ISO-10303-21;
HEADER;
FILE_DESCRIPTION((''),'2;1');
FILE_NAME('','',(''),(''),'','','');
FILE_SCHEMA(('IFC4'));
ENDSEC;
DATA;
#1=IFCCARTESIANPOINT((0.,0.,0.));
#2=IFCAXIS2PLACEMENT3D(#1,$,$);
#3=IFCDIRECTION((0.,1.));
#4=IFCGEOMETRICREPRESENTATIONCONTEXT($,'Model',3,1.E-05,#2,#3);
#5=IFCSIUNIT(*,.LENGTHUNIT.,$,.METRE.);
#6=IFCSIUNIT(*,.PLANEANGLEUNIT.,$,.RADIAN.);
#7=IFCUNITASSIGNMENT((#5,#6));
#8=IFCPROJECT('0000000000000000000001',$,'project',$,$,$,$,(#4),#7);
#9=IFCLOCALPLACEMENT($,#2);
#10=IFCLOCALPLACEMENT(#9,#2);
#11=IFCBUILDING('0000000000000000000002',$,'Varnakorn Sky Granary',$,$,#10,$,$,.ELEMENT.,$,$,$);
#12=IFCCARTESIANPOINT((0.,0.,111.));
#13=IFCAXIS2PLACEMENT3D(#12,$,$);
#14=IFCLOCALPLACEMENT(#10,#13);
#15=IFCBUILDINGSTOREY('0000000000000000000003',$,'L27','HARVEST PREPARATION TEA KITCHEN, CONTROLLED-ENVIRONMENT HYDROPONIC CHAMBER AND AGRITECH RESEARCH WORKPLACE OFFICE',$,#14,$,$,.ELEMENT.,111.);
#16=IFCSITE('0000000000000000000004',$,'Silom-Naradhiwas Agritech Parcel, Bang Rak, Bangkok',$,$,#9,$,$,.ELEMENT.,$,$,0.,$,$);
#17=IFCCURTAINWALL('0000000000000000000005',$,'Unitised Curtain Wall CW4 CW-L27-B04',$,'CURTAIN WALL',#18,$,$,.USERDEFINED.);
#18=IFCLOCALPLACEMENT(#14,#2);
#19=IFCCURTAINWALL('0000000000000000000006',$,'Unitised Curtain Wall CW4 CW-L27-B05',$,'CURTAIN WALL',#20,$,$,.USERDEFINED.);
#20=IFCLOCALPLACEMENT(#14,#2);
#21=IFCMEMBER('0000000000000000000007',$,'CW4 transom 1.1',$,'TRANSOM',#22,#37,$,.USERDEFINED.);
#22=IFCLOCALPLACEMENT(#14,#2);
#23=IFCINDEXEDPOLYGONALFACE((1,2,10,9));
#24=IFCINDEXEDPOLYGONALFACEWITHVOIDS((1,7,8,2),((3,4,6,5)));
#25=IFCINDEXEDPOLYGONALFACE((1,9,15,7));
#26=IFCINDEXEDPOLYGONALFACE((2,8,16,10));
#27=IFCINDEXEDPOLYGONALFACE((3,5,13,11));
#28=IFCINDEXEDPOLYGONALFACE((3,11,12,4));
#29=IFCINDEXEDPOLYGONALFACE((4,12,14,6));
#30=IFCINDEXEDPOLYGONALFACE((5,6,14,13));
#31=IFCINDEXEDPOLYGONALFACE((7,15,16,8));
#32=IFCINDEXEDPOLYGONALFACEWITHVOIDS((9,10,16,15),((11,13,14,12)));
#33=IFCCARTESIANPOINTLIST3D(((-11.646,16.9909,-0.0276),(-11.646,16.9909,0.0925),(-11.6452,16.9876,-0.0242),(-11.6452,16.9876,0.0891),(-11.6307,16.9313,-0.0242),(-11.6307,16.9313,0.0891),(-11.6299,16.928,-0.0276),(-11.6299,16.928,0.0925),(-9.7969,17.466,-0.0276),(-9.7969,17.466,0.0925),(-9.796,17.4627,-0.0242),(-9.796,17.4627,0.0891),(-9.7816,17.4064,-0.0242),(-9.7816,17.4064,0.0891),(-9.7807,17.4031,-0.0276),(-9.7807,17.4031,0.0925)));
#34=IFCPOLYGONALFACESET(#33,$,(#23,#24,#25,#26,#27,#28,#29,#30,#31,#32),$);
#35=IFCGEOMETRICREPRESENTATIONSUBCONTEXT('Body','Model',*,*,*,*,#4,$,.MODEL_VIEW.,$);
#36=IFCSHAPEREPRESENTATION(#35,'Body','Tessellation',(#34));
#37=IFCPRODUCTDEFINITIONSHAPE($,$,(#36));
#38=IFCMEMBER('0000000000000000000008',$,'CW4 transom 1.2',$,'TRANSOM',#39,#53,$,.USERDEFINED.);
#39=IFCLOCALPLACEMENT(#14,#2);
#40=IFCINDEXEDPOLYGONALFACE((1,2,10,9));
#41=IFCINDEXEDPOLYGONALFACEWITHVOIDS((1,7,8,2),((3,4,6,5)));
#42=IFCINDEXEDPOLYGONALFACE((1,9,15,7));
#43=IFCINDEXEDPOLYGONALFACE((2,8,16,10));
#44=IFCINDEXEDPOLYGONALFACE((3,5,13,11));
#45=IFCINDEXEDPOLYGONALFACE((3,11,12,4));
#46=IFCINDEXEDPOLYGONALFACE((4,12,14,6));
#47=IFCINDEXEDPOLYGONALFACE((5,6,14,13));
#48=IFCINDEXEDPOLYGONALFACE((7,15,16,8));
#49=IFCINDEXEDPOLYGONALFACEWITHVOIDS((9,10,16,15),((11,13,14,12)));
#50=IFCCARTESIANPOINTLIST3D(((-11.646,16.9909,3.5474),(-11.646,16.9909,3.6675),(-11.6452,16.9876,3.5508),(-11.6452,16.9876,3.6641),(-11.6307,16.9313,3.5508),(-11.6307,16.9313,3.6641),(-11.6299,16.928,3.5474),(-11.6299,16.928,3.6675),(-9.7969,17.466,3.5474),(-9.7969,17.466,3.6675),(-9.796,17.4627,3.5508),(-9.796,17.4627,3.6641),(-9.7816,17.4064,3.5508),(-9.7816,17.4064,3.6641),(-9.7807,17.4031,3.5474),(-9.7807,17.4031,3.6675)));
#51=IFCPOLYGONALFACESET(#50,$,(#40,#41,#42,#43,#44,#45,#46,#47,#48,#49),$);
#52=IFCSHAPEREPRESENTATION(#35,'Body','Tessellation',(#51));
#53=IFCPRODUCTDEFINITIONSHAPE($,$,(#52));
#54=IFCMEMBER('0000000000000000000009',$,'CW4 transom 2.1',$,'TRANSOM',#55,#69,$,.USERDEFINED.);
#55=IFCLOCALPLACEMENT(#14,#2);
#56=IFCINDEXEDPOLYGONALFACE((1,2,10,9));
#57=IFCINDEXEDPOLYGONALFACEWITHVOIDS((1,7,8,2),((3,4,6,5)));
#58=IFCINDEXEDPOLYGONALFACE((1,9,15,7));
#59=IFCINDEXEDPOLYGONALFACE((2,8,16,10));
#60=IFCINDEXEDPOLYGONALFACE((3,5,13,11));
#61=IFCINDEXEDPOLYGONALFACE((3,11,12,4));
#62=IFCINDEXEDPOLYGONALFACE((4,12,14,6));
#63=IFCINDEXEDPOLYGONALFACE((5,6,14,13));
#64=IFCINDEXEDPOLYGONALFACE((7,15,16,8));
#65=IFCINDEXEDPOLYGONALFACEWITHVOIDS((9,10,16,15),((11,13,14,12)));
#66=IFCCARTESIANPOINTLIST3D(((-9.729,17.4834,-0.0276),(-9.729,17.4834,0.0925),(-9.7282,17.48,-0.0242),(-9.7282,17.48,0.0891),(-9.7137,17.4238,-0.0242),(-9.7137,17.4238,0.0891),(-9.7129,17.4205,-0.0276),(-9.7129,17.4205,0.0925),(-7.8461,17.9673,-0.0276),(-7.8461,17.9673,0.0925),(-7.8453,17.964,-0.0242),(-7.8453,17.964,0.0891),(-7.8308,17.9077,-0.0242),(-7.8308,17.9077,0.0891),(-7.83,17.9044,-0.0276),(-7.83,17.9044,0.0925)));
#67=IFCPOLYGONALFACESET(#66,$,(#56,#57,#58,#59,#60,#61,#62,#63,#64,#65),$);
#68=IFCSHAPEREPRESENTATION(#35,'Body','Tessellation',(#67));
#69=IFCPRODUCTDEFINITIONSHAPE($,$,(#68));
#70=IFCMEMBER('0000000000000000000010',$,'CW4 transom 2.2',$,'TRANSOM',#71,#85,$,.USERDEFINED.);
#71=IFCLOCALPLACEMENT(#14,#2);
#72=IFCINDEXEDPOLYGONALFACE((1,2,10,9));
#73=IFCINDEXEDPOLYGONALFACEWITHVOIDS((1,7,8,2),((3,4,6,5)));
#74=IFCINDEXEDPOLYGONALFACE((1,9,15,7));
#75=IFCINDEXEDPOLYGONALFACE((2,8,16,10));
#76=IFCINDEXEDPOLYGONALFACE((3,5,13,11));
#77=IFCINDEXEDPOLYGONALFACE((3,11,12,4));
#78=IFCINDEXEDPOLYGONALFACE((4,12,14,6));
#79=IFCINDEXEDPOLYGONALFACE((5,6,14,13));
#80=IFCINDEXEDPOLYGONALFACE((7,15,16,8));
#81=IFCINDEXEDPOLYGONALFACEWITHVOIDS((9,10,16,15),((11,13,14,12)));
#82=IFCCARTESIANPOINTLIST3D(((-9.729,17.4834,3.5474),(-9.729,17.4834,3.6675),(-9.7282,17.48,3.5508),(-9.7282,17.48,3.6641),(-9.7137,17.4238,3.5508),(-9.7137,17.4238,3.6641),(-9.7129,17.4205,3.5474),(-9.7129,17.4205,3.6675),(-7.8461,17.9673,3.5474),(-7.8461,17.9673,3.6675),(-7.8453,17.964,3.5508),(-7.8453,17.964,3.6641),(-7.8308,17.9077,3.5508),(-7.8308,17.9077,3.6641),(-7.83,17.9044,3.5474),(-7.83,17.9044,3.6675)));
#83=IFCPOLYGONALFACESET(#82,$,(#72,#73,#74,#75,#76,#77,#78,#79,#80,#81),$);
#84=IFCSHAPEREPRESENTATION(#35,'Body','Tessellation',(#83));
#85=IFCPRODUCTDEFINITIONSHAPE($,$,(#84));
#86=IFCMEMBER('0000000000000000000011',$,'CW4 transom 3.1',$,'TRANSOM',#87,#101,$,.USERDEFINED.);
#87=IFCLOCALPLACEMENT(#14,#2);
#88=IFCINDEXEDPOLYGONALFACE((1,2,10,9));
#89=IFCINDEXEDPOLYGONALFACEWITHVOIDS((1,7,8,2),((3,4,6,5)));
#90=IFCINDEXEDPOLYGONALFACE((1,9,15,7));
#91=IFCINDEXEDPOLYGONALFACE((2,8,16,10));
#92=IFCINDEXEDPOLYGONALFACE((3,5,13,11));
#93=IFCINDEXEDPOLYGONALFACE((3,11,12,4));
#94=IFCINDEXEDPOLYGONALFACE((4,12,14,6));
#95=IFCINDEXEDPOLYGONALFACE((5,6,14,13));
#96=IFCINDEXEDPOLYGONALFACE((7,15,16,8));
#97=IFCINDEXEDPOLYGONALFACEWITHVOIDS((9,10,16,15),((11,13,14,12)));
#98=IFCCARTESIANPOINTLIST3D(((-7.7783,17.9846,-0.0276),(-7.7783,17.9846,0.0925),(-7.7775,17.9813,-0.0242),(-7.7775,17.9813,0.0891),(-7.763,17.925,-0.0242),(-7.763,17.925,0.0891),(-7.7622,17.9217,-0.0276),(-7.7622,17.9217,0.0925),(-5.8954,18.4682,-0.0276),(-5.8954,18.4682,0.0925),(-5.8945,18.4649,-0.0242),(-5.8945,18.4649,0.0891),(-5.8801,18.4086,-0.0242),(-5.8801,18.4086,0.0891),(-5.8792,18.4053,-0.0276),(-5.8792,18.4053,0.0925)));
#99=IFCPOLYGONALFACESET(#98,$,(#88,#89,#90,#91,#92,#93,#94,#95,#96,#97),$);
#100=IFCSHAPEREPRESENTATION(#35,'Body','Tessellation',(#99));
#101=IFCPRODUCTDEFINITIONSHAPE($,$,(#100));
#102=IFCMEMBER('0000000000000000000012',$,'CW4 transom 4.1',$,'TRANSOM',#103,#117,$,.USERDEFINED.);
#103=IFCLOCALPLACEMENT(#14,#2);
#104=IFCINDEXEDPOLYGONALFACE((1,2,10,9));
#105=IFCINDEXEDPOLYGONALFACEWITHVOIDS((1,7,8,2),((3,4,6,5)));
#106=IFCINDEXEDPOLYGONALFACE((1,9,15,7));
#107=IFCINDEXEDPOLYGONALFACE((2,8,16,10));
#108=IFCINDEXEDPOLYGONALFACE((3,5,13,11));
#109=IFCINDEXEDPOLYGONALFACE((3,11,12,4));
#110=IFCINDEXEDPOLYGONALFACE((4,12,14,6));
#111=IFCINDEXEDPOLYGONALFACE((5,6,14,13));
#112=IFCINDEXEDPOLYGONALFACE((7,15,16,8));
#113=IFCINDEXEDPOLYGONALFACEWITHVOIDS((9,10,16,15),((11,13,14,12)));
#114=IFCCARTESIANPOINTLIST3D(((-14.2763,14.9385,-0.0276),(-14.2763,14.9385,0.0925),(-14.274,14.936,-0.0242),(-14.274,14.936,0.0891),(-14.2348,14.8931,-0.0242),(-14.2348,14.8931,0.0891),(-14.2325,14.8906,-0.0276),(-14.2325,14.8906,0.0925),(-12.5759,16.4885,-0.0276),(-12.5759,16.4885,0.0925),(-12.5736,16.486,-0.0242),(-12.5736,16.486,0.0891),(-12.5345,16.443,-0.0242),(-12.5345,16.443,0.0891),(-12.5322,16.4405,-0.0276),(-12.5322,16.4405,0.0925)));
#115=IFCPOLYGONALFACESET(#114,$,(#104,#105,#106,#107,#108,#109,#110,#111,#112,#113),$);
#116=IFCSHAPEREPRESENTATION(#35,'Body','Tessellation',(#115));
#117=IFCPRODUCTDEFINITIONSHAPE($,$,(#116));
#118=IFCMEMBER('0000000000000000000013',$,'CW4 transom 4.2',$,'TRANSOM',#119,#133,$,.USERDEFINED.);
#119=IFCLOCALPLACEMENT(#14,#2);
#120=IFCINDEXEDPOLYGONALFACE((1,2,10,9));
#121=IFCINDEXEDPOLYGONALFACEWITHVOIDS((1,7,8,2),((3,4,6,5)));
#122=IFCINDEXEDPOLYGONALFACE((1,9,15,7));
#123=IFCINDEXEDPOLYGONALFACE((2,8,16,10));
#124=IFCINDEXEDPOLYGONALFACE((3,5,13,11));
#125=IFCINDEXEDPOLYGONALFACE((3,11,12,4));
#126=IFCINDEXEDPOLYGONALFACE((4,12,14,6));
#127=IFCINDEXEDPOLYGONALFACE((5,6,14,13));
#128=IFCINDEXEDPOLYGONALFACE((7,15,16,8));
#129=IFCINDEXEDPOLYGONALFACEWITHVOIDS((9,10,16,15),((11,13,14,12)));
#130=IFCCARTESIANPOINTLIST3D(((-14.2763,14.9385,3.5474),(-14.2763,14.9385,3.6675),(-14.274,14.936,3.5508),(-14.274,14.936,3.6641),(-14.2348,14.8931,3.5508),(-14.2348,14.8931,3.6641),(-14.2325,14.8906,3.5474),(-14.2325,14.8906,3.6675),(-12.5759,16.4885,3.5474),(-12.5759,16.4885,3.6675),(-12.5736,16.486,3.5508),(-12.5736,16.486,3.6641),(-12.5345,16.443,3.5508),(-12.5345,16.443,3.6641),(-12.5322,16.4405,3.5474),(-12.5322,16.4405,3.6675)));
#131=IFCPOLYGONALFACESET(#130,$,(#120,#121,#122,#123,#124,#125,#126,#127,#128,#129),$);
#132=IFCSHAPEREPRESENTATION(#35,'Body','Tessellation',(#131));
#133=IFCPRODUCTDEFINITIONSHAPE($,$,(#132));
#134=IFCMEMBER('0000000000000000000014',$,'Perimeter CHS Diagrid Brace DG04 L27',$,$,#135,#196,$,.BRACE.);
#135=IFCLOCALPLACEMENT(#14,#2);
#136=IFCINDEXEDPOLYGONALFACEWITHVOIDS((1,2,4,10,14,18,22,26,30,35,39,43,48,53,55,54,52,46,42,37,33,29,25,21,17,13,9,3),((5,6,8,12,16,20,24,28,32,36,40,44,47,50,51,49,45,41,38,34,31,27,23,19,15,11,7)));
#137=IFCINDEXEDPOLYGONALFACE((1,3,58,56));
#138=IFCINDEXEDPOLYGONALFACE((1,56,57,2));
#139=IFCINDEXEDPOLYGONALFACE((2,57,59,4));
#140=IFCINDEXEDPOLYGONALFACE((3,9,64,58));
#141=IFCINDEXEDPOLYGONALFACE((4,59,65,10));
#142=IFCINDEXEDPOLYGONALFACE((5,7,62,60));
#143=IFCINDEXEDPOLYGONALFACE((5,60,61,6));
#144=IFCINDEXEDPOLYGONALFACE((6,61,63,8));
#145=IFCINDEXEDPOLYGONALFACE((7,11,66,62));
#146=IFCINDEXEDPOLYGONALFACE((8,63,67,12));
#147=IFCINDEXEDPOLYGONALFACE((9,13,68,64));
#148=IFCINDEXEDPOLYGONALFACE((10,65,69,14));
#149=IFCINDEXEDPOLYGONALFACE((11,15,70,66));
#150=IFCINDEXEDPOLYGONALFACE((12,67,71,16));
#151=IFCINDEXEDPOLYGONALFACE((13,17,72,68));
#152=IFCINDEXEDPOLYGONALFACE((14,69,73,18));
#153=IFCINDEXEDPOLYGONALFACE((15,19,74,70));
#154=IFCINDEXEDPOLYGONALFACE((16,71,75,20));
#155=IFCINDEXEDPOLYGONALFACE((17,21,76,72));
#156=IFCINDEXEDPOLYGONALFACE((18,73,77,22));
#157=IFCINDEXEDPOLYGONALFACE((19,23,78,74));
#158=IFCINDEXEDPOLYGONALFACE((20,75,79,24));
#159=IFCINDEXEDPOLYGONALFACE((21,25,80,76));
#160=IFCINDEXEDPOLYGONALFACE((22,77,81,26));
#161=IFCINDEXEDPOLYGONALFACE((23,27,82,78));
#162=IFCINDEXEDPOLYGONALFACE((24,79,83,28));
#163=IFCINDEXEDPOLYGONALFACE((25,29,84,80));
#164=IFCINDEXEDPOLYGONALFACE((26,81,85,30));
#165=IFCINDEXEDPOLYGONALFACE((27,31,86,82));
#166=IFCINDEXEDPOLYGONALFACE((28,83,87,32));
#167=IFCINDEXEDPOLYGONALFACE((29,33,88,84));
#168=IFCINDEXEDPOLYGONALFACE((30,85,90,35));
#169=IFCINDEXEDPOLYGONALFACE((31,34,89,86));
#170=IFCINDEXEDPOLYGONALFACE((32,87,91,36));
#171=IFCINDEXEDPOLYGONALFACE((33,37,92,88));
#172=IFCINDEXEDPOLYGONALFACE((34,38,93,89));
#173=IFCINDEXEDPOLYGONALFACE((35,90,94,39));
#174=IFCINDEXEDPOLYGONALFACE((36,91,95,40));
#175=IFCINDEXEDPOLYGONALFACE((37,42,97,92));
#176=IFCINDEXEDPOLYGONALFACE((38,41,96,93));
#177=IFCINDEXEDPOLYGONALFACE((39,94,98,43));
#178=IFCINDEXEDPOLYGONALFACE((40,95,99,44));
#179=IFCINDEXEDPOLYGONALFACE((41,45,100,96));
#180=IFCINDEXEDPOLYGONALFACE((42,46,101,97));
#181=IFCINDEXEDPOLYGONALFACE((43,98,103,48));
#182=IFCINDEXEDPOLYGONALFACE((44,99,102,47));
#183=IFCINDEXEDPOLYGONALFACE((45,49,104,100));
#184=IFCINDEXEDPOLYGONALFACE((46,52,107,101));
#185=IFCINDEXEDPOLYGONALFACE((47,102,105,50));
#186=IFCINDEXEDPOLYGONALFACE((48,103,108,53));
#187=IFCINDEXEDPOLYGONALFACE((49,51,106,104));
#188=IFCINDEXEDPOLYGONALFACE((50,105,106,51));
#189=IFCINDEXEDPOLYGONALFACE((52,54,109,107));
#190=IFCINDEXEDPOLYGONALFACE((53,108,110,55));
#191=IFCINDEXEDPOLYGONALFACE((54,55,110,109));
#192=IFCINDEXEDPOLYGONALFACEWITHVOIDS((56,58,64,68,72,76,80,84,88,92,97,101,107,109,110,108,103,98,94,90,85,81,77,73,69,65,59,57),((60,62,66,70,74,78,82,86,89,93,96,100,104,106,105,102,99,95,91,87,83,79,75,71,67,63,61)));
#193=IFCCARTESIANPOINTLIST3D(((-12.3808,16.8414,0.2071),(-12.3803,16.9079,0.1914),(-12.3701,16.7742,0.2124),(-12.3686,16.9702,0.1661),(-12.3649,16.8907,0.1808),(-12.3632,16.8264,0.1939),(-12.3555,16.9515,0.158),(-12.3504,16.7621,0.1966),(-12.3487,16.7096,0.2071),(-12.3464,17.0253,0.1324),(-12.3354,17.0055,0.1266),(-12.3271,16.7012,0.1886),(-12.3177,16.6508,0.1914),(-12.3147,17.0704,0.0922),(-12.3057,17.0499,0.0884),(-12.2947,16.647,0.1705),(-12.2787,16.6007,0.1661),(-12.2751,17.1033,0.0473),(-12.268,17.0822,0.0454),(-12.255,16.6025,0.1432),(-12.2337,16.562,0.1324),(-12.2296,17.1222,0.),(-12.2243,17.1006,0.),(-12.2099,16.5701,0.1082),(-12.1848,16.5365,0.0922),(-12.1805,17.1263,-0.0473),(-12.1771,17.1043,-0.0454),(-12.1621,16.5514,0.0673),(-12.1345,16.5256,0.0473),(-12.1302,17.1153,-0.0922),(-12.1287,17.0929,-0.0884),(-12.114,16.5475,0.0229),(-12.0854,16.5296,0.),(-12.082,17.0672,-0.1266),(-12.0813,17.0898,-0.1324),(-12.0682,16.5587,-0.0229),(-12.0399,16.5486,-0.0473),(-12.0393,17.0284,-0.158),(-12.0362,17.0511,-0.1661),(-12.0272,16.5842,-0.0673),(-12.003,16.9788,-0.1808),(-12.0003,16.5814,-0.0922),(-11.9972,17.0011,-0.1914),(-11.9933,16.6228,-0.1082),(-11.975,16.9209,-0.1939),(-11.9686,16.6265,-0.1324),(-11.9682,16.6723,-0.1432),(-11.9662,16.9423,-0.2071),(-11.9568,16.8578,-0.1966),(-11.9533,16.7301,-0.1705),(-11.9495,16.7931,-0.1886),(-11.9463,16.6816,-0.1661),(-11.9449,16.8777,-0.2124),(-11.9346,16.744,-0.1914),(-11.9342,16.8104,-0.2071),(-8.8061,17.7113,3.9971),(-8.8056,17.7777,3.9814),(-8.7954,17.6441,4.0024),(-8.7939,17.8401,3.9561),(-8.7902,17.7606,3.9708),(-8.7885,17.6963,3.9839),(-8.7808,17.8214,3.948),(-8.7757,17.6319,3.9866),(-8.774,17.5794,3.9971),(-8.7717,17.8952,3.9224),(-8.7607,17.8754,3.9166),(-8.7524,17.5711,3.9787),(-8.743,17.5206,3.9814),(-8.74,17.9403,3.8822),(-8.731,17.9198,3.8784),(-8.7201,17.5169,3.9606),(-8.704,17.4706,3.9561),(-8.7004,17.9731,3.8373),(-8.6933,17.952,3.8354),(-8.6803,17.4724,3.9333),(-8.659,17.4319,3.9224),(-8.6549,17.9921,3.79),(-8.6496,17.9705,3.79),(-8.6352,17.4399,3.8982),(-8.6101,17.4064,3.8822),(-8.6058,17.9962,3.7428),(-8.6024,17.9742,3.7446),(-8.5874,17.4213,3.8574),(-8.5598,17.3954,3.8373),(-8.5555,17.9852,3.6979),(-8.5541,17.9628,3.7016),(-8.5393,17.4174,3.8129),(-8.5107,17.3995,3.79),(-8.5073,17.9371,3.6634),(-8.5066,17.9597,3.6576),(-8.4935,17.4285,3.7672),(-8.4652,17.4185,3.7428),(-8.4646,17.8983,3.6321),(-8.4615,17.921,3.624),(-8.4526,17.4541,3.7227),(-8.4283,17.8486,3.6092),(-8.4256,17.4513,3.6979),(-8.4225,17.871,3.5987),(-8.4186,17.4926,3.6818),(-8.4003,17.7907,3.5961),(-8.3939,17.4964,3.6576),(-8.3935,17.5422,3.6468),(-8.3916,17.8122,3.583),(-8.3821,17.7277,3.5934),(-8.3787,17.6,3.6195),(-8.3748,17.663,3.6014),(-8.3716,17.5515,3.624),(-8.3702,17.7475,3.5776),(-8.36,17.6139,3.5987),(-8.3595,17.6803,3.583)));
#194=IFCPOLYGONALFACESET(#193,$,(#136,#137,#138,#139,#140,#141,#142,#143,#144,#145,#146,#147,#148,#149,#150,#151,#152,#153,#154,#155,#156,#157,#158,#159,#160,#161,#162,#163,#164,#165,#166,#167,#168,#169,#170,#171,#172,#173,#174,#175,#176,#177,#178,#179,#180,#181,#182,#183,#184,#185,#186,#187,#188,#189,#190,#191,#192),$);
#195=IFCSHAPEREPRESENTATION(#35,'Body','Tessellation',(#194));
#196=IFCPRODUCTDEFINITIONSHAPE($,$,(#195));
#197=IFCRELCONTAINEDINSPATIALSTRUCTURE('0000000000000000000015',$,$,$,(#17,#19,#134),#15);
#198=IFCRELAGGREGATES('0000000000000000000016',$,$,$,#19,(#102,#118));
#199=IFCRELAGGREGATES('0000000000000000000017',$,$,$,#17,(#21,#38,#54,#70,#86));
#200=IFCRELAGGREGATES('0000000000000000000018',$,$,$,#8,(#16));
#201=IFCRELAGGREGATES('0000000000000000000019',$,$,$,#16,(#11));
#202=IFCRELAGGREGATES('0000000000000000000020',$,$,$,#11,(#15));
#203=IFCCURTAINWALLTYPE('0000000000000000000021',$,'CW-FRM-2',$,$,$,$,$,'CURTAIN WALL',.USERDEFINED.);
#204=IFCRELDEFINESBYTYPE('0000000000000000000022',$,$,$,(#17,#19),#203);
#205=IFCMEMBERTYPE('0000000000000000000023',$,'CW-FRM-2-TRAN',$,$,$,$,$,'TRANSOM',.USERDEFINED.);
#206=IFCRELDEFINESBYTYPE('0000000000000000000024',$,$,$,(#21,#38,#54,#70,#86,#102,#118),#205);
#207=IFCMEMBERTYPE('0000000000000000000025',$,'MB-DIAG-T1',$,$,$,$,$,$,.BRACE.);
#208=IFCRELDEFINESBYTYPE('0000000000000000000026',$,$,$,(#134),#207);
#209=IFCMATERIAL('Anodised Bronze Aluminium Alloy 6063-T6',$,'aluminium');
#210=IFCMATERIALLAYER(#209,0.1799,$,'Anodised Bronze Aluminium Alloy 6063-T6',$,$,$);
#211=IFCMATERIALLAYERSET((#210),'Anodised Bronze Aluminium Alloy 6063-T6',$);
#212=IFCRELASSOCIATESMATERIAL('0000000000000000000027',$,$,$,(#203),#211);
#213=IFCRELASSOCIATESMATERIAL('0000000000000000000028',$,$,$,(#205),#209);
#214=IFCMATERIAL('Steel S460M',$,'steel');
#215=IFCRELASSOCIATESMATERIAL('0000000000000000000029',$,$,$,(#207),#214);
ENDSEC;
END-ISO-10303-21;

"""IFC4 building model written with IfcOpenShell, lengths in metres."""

from ifc_helpers import new_model, si_unit, direction, frame, origin, origin_2d, place, context, subcontext, project, spatial, hollow_rectangle, hollow_circle, extrude, material, layer, layer_set, material_profile, profile_set, type_object, element, aggregate, save


model = new_model("IFC4")

# Units and contexts
model_context = context("Model", 3, precision=1e-05, world=origin(), true_north=direction((0.0, 1.0)))
body_context = subcontext(model_context, "Body", "Model", "MODEL_VIEW")
ifc_project = project(units=[si_unit("LENGTHUNIT", "METRE"), si_unit("PLANEANGLEUNIT", "RADIAN")], contexts=[model_context])

# Site, building, storey
site_placement = place(None, origin())
site = spatial("IfcSite", under=ifc_project, at=site_placement, Name="Silom-Naradhiwas Agritech Parcel, Bang Rak, Bangkok", CompositionType="ELEMENT", RefElevation=0.0)
building_placement = place(site_placement, origin())
building = spatial("IfcBuilding", under=site, at=building_placement, Name="Varnakorn Sky Granary", CompositionType="ELEMENT")
storey_placement = place(building_placement, frame((0.0, 0.0, 111.0)))
storey = spatial("IfcBuildingStorey", under=building, at=storey_placement, Name="L27", Description="HARVEST PREPARATION TEA KITCHEN, CONTROLLED-ENVIRONMENT HYDROPONIC CHAMBER AND AGRITECH RESEARCH WORKPLACE OFFICE", CompositionType="ELEMENT", Elevation=111.0)

# Shared definitions
ifc_material_1 = material(Name="Steel S460M", Category="steel")

# Curtain walls
ifc_material_2 = material(Name="Anodised Bronze Aluminium Alloy 6063-T6", Category="aluminium")
ifc_layer_1 = layer(ifc_material_2, 0.1799, Name="Anodised Bronze Aluminium Alloy 6063-T6")
ifc_layer_set_1 = layer_set([ifc_layer_1], Name="Anodised Bronze Aluminium Alloy 6063-T6")
curtain_wall_type = type_object("IfcCurtainWallType", Name="CW-FRM-2", ElementType="CURTAIN WALL", PredefinedType="USERDEFINED", material=ifc_layer_set_1)
curtain_wall_1_placement = place(storey_placement, origin())
curtain_wall_1 = element("IfcCurtainWall", 1, at=curtain_wall_1_placement, inside=storey, type_object=curtain_wall_type, Name="Unitised Curtain Wall CW4 CW-L27-B04", ObjectType="CURTAIN WALL", PredefinedType="USERDEFINED")
curtain_wall_2_placement = place(storey_placement, origin())
curtain_wall_2 = element("IfcCurtainWall", 2, at=curtain_wall_2_placement, inside=storey, type_object=curtain_wall_type, Name="Unitised Curtain Wall CW4 CW-L27-B05", ObjectType="CURTAIN WALL", PredefinedType="USERDEFINED")

# Members
ifc_material_profile_1 = material_profile(ifc_material_2, hollow_rectangle(XDim=0.0649, YDim=0.1201, WallThickness=0.0034, at=origin_2d()), Name="ALU TRAN 65x120")
ifc_profile_set_1 = profile_set([ifc_material_profile_1], Name="Anodised Bronze Aluminium Alloy 6063-T6")
member_type_1 = type_object("IfcMemberType", Name="CW-FRM-2-TRAN", ElementType="TRANSOM", PredefinedType="USERDEFINED", material=ifc_profile_set_1)
member_1_placement = place(storey_placement, frame((-11.6379, 16.9595, 0.0325), z_axis=(0.968542, 0.248849, 0.0), x_axis=(-0.248849, 0.968542, 0.0)))
member_1 = element("IfcMember", 3, at=member_1_placement, type_object=member_type_1, Name="CW4 transom 1.1", ObjectType="TRANSOM", PredefinedType="USERDEFINED", context=body_context, shape_type="SweptSolid", body=[
    extrude(hollow_rectangle(XDim=0.0649, YDim=0.1201, WallThickness=0.0034, at=origin_2d()), origin(), (0.0, 0.0, 1.0), 1.9092),
])
member_2_placement = place(storey_placement, frame((-11.6379, 16.9595, 3.6074), z_axis=(0.968542, 0.248849, 0.0), x_axis=(-0.248849, 0.968542, 0.0)))
member_2 = element("IfcMember", 4, at=member_2_placement, type_object=member_type_1, Name="CW4 transom 1.2", ObjectType="TRANSOM", PredefinedType="USERDEFINED", context=body_context, shape_type="SweptSolid", body=[
    extrude(hollow_rectangle(XDim=0.0649, YDim=0.1201, WallThickness=0.0034, at=origin_2d()), origin(), (0.0, 0.0, 1.0), 1.9092),
])
member_3_placement = place(storey_placement, frame((-9.7209, 17.4519, 0.0325), z_axis=(0.968526, 0.248913, 0.0), x_axis=(-0.248913, 0.968526, 0.0)))
member_3 = element("IfcMember", 5, at=member_3_placement, type_object=member_type_1, Name="CW4 transom 2.1", ObjectType="TRANSOM", PredefinedType="USERDEFINED", context=body_context, shape_type="SweptSolid", body=[
    extrude(hollow_rectangle(XDim=0.0649, YDim=0.1201, WallThickness=0.0034, at=origin_2d()), origin(), (0.0, 0.0, 1.0), 1.9441),
])
member_4_placement = place(storey_placement, frame((-9.7209, 17.4519, 3.6074), z_axis=(0.968526, 0.248913, 0.0), x_axis=(-0.248913, 0.968526, 0.0)))
member_4 = element("IfcMember", 6, at=member_4_placement, type_object=member_type_1, Name="CW4 transom 2.2", ObjectType="TRANSOM", PredefinedType="USERDEFINED", context=body_context, shape_type="SweptSolid", body=[
    extrude(hollow_rectangle(XDim=0.0649, YDim=0.1201, WallThickness=0.0034, at=origin_2d()), origin(), (0.0, 0.0, 1.0), 1.9441),
])
member_5_placement = place(storey_placement, frame((-7.7703, 17.9531, 0.0325), z_axis=(0.968564, 0.248765, 0.0), x_axis=(-0.248765, 0.968564, 0.0)))
member_5 = element("IfcMember", 7, at=member_5_placement, type_object=member_type_1, Name="CW4 transom 3.1", ObjectType="TRANSOM", PredefinedType="USERDEFINED", context=body_context, shape_type="SweptSolid", body=[
    extrude(hollow_rectangle(XDim=0.0649, YDim=0.1201, WallThickness=0.0034, at=origin_2d()), origin(), (0.0, 0.0, 1.0), 1.9441),
])
member_6_placement = place(storey_placement, frame((-14.2544, 14.9146, 0.0325), z_axis=(0.739032, 0.67367, 0.0), x_axis=(-0.67367, 0.739032, 0.0)))
member_6 = element("IfcMember", 8, at=member_6_placement, type_object=member_type_1, Name="CW4 transom 4.1", ObjectType="TRANSOM", PredefinedType="USERDEFINED", context=body_context, shape_type="SweptSolid", body=[
    extrude(hollow_rectangle(XDim=0.0649, YDim=0.1201, WallThickness=0.0034, at=origin_2d()), origin(), (0.0, 0.0, 1.0), 2.3008),
])
member_7_placement = place(storey_placement, frame((-14.2544, 14.9146, 3.6074), z_axis=(0.739032, 0.67367, 0.0), x_axis=(-0.67367, 0.739032, 0.0)))
member_7 = element("IfcMember", 9, at=member_7_placement, type_object=member_type_1, Name="CW4 transom 4.2", ObjectType="TRANSOM", PredefinedType="USERDEFINED", context=body_context, shape_type="SweptSolid", body=[
    extrude(hollow_rectangle(XDim=0.0649, YDim=0.1201, WallThickness=0.0034, at=origin_2d()), origin(), (0.0, 0.0, 1.0), 2.3008),
])

# Member
ifc_material_profile_2 = material_profile(ifc_material_1, hollow_circle(Radius=0.3049, WallThickness=0.0222, at=origin_2d()), Name="CHS 610x22")
ifc_profile_set_2 = profile_set([ifc_material_profile_2], Name="Steel S460M")
member_type_2 = type_object("IfcMemberType", Name="MB-DIAG-T1", PredefinedType="BRACE", material=ifc_profile_set_2)
member_8_placement = place(storey_placement, frame((-12.1575, 16.8259, 0.0), z_axis=(0.676771, 0.164686, 0.717538), x_axis=(-0.236441, 0.971646, 0.0)))
element("IfcMember", 10, at=member_8_placement, inside=storey, type_object=member_type_2, Name="Perimeter CHS Diagrid Brace DG04 L27", PredefinedType="BRACE", context=body_context, shape_type="SweptSolid", body=[
    extrude(hollow_circle(Radius=0.3049, WallThickness=0.0222, at=origin_2d()), origin(), (0.0, 0.0, 1.0), 5.282),
])

aggregate(curtain_wall_2, [member_6, member_7])
aggregate(curtain_wall_1, [member_1, member_2, member_3, member_4, member_5])

save(model, "model.ifc")
